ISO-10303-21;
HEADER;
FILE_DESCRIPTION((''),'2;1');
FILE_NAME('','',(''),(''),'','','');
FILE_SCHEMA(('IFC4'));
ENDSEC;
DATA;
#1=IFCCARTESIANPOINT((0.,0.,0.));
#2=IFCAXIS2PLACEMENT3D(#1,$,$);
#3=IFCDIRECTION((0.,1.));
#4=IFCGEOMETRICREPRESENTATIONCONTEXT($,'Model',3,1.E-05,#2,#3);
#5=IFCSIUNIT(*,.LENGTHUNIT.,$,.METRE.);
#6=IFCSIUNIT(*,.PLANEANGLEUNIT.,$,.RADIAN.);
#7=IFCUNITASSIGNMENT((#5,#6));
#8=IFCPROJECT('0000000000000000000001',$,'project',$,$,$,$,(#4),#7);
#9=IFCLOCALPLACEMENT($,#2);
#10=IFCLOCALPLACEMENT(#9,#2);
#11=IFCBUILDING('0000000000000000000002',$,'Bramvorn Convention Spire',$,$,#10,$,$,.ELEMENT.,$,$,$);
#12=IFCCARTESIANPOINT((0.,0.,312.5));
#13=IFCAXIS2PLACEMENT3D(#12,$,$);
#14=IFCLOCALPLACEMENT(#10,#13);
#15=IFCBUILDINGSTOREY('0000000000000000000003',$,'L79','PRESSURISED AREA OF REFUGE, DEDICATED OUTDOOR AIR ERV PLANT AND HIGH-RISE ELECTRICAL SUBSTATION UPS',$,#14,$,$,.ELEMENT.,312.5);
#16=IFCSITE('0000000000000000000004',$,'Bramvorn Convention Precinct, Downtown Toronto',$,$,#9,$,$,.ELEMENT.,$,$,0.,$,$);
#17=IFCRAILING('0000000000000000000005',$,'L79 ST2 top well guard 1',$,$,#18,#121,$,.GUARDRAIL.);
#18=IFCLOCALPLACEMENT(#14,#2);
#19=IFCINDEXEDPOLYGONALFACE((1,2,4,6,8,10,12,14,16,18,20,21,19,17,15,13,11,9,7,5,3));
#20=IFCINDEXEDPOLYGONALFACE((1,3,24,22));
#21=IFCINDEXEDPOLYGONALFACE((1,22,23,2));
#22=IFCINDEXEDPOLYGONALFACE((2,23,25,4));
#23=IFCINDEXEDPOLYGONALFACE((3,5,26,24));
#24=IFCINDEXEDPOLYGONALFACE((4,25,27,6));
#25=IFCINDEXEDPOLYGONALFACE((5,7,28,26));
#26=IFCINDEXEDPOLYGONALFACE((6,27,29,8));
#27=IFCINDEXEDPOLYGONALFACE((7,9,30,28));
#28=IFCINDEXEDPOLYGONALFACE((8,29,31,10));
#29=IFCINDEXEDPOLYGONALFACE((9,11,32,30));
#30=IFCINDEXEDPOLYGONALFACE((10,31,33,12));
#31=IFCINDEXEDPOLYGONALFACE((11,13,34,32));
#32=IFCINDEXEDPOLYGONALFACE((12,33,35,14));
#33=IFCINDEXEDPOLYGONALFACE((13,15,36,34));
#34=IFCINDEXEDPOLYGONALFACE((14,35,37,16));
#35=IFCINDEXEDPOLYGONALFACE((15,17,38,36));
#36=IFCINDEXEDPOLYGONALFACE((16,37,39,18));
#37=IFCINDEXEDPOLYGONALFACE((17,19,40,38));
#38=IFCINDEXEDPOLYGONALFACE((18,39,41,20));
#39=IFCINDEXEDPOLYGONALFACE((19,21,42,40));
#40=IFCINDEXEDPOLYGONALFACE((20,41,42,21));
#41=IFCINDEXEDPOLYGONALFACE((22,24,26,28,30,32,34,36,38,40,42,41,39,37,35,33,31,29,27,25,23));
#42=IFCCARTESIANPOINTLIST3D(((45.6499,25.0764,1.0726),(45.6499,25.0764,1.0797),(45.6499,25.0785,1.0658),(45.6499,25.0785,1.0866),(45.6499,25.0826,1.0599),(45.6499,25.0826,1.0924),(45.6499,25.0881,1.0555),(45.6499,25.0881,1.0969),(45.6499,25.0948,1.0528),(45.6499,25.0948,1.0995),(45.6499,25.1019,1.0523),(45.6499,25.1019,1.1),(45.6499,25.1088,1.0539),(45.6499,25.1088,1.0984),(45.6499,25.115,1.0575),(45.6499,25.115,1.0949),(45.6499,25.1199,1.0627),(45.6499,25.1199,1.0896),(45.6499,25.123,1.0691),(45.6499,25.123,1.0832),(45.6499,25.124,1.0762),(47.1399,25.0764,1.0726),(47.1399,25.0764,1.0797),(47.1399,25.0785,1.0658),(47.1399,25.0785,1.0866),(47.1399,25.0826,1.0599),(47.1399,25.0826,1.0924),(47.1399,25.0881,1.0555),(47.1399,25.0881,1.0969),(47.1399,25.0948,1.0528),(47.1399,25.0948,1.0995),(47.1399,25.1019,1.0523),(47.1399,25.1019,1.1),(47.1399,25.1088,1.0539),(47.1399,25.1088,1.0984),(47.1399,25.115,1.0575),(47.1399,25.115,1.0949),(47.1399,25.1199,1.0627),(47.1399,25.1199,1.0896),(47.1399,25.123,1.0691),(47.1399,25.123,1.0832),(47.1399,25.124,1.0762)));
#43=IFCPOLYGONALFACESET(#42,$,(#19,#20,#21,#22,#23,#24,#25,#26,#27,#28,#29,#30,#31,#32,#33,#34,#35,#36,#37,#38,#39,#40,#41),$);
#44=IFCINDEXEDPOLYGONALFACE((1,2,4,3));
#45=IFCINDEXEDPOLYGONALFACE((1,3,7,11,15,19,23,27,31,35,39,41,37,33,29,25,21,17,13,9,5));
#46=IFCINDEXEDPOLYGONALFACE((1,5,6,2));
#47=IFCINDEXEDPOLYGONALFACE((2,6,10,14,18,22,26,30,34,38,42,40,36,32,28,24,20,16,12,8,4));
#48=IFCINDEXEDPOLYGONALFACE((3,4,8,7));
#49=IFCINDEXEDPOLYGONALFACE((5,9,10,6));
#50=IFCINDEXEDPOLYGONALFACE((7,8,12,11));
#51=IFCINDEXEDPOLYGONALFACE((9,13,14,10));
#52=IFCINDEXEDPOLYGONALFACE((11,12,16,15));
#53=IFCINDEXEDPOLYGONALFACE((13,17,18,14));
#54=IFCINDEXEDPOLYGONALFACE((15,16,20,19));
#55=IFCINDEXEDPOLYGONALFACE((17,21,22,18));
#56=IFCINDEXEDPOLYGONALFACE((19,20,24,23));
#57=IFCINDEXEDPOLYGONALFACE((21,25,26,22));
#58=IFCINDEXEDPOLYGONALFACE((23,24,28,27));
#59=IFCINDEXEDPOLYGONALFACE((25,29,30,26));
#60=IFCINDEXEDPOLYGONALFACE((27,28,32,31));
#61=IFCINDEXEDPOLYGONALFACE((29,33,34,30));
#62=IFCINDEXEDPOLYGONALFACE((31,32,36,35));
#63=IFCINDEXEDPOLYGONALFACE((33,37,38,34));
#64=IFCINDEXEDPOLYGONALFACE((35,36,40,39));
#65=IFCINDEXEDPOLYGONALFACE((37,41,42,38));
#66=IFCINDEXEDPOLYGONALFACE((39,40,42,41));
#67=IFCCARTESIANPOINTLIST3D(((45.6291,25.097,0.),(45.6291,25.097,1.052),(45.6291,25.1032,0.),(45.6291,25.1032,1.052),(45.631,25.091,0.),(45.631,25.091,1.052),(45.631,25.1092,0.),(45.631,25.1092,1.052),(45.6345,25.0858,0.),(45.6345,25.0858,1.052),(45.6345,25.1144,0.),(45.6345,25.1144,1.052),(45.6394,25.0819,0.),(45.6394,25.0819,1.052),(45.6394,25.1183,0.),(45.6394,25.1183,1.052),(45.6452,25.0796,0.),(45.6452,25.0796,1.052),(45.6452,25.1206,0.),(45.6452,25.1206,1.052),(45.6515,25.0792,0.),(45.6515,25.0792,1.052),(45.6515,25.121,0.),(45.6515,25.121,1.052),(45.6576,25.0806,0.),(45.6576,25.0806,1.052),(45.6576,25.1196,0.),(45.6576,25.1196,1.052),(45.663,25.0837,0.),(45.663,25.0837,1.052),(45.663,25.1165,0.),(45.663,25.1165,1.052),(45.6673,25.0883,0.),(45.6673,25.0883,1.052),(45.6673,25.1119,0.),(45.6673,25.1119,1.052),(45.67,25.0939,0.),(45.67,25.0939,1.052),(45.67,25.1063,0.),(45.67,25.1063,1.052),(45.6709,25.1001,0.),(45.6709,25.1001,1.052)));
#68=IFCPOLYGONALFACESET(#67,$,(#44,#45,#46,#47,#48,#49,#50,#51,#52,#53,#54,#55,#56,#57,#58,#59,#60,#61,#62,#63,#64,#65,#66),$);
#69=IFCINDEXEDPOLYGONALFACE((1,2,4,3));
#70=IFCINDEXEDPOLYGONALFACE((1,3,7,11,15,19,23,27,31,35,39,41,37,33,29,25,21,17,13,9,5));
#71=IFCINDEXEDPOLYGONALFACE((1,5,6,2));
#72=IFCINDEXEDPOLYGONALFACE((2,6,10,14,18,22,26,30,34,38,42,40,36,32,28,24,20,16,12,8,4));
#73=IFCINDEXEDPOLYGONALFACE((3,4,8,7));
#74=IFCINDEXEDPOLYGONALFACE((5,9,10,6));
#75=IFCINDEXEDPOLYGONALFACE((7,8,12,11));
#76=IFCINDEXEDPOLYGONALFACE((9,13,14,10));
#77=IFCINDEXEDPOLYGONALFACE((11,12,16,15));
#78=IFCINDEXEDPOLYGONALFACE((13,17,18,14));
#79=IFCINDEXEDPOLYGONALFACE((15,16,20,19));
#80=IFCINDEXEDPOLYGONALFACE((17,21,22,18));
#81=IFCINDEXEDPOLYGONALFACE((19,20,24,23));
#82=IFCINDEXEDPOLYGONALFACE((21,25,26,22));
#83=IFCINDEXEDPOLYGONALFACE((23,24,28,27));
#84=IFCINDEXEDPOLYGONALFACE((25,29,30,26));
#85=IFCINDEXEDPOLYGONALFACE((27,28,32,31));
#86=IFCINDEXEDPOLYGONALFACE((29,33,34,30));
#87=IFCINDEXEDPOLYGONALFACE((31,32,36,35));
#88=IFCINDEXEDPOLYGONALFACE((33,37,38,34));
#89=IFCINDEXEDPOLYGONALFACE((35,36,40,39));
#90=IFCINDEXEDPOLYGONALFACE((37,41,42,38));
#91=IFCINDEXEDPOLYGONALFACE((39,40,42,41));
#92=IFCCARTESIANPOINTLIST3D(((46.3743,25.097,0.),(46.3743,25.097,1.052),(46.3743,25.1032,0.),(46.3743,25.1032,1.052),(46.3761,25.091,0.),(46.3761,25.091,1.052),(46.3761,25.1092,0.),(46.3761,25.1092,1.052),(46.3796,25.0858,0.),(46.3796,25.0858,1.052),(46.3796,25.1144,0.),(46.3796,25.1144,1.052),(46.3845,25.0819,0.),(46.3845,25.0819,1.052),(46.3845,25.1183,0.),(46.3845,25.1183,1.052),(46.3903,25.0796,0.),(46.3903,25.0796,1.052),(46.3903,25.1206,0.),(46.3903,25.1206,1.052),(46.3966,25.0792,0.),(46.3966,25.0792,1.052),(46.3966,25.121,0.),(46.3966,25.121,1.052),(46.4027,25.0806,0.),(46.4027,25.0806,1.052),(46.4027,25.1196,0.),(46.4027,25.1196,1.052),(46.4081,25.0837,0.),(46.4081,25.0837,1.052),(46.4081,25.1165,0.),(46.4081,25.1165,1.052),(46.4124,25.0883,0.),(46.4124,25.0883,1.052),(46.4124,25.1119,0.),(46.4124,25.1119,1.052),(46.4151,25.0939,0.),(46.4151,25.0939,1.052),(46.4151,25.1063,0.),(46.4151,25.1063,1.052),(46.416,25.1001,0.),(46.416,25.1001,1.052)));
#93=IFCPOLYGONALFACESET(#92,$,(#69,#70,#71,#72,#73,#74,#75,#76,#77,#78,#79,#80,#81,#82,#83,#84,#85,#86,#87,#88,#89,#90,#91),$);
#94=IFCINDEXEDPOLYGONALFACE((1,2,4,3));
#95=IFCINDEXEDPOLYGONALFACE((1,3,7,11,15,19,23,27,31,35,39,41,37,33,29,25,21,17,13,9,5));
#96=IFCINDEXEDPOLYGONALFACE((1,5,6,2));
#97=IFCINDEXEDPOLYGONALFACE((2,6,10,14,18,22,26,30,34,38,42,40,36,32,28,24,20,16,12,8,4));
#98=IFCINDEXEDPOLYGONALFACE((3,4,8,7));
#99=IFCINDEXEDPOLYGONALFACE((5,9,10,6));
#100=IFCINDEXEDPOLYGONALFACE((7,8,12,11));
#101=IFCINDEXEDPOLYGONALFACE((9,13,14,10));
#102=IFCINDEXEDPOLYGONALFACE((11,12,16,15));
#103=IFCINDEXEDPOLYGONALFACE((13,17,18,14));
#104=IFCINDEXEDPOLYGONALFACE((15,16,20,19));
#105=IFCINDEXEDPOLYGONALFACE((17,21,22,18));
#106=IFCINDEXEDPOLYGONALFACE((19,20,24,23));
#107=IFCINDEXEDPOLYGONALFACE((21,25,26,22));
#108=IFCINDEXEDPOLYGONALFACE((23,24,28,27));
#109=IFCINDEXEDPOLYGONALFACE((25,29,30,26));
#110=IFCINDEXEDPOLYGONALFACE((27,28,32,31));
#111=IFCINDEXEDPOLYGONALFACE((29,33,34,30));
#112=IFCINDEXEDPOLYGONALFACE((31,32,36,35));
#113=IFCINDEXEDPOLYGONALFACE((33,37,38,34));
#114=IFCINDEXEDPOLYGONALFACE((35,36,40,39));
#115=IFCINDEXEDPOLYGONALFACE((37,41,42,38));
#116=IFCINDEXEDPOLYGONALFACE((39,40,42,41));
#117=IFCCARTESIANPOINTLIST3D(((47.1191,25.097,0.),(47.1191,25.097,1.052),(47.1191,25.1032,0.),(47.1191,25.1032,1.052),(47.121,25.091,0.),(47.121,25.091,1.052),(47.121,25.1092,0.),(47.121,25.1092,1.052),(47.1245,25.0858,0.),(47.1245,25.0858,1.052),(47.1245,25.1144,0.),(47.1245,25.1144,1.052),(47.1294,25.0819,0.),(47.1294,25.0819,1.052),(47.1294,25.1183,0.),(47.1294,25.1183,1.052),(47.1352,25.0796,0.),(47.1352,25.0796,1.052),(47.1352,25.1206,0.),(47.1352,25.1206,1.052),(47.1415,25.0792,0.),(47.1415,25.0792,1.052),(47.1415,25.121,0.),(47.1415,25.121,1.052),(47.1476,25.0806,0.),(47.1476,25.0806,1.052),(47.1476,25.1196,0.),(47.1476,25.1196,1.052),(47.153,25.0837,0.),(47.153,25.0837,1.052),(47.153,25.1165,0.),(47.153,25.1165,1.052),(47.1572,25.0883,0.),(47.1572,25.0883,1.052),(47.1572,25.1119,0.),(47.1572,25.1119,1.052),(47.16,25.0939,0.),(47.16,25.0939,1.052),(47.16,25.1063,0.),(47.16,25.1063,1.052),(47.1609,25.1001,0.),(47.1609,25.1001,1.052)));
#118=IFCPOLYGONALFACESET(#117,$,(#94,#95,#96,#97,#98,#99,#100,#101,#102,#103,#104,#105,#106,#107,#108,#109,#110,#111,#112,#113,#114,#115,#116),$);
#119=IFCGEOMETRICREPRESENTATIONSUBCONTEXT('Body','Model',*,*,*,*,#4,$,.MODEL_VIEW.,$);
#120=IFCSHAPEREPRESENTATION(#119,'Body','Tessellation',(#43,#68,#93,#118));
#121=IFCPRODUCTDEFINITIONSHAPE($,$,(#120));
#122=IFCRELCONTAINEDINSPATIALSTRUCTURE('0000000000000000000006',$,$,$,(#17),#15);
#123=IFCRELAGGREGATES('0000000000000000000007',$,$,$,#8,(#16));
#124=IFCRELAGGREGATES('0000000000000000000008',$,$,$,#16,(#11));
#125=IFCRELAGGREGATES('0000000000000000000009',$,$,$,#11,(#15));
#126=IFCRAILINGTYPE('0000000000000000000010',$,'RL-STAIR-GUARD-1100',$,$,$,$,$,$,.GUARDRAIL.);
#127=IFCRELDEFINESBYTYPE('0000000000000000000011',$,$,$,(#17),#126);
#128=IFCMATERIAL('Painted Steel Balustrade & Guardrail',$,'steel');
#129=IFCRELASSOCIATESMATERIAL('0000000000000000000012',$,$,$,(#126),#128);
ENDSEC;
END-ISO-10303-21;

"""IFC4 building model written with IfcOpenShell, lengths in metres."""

from ifc_helpers import new_model, si_unit, direction, frame, origin, origin_2d, place, context, subcontext, project, spatial, circle, extrude, material, type_object, element, save


model = new_model("IFC4")

# Units and contexts
model_context = context("Model", 3, precision=1e-05, world=origin(), true_north=direction((0.0, 1.0)))
body_context = subcontext(model_context, "Body", "Model", "MODEL_VIEW")
ifc_project = project(units=[si_unit("LENGTHUNIT", "METRE"), si_unit("PLANEANGLEUNIT", "RADIAN")], contexts=[model_context])

# Site, building, storey
site_placement = place(None, origin())
site = spatial("IfcSite", under=ifc_project, at=site_placement, Name="Bramvorn Convention Precinct, Downtown Toronto", CompositionType="ELEMENT", RefElevation=0.0)
building_placement = place(site_placement, origin())
building = spatial("IfcBuilding", under=site, at=building_placement, Name="Bramvorn Convention Spire", CompositionType="ELEMENT")
storey_placement = place(building_placement, frame((0.0, 0.0, 312.5)))
storey = spatial("IfcBuildingStorey", under=building, at=storey_placement, Name="L79", Description="PRESSURISED AREA OF REFUGE, DEDICATED OUTDOOR AIR ERV PLANT AND HIGH-RISE ELECTRICAL SUBSTATION UPS", CompositionType="ELEMENT", Elevation=312.5)

# Railing
ifc_material_1 = material(Name="Painted Steel Balustrade & Guardrail", Category="steel")
railing_type = type_object("IfcRailingType", Name="RL-STAIR-GUARD-1100", PredefinedType="GUARDRAIL", material=ifc_material_1)
railing_placement = place(storey_placement, frame((45.6499, 25.1001, 0.0)))
element("IfcRailing", 1, at=railing_placement, inside=storey, type_object=railing_type, Name="L79 ST2 top well guard 1", PredefinedType="GUARDRAIL", context=body_context, shape_type="SweptSolid", body=[
    extrude(circle(Radius=0.0239, at=origin_2d()), frame((0.0, 0.0, 1.0762), z_axis=(1.0, 0.0, 0.0), x_axis=(0.0, 1.0, 0.0)), (0.0, 0.0, 1.0), 1.49),
    extrude(circle(Radius=0.021, at=origin_2d()), origin(), (0.0, 0.0, 1.0), 1.052),
    extrude(circle(Radius=0.021, at=origin_2d()), frame((0.7451, 0.0, 0.0)), (0.0, 0.0, 1.0), 1.052),
    extrude(circle(Radius=0.021, at=origin_2d()), frame((1.49, 0.0, 0.0)), (0.0, 0.0, 1.0), 1.052),
])

save(model, "model.ifc")
